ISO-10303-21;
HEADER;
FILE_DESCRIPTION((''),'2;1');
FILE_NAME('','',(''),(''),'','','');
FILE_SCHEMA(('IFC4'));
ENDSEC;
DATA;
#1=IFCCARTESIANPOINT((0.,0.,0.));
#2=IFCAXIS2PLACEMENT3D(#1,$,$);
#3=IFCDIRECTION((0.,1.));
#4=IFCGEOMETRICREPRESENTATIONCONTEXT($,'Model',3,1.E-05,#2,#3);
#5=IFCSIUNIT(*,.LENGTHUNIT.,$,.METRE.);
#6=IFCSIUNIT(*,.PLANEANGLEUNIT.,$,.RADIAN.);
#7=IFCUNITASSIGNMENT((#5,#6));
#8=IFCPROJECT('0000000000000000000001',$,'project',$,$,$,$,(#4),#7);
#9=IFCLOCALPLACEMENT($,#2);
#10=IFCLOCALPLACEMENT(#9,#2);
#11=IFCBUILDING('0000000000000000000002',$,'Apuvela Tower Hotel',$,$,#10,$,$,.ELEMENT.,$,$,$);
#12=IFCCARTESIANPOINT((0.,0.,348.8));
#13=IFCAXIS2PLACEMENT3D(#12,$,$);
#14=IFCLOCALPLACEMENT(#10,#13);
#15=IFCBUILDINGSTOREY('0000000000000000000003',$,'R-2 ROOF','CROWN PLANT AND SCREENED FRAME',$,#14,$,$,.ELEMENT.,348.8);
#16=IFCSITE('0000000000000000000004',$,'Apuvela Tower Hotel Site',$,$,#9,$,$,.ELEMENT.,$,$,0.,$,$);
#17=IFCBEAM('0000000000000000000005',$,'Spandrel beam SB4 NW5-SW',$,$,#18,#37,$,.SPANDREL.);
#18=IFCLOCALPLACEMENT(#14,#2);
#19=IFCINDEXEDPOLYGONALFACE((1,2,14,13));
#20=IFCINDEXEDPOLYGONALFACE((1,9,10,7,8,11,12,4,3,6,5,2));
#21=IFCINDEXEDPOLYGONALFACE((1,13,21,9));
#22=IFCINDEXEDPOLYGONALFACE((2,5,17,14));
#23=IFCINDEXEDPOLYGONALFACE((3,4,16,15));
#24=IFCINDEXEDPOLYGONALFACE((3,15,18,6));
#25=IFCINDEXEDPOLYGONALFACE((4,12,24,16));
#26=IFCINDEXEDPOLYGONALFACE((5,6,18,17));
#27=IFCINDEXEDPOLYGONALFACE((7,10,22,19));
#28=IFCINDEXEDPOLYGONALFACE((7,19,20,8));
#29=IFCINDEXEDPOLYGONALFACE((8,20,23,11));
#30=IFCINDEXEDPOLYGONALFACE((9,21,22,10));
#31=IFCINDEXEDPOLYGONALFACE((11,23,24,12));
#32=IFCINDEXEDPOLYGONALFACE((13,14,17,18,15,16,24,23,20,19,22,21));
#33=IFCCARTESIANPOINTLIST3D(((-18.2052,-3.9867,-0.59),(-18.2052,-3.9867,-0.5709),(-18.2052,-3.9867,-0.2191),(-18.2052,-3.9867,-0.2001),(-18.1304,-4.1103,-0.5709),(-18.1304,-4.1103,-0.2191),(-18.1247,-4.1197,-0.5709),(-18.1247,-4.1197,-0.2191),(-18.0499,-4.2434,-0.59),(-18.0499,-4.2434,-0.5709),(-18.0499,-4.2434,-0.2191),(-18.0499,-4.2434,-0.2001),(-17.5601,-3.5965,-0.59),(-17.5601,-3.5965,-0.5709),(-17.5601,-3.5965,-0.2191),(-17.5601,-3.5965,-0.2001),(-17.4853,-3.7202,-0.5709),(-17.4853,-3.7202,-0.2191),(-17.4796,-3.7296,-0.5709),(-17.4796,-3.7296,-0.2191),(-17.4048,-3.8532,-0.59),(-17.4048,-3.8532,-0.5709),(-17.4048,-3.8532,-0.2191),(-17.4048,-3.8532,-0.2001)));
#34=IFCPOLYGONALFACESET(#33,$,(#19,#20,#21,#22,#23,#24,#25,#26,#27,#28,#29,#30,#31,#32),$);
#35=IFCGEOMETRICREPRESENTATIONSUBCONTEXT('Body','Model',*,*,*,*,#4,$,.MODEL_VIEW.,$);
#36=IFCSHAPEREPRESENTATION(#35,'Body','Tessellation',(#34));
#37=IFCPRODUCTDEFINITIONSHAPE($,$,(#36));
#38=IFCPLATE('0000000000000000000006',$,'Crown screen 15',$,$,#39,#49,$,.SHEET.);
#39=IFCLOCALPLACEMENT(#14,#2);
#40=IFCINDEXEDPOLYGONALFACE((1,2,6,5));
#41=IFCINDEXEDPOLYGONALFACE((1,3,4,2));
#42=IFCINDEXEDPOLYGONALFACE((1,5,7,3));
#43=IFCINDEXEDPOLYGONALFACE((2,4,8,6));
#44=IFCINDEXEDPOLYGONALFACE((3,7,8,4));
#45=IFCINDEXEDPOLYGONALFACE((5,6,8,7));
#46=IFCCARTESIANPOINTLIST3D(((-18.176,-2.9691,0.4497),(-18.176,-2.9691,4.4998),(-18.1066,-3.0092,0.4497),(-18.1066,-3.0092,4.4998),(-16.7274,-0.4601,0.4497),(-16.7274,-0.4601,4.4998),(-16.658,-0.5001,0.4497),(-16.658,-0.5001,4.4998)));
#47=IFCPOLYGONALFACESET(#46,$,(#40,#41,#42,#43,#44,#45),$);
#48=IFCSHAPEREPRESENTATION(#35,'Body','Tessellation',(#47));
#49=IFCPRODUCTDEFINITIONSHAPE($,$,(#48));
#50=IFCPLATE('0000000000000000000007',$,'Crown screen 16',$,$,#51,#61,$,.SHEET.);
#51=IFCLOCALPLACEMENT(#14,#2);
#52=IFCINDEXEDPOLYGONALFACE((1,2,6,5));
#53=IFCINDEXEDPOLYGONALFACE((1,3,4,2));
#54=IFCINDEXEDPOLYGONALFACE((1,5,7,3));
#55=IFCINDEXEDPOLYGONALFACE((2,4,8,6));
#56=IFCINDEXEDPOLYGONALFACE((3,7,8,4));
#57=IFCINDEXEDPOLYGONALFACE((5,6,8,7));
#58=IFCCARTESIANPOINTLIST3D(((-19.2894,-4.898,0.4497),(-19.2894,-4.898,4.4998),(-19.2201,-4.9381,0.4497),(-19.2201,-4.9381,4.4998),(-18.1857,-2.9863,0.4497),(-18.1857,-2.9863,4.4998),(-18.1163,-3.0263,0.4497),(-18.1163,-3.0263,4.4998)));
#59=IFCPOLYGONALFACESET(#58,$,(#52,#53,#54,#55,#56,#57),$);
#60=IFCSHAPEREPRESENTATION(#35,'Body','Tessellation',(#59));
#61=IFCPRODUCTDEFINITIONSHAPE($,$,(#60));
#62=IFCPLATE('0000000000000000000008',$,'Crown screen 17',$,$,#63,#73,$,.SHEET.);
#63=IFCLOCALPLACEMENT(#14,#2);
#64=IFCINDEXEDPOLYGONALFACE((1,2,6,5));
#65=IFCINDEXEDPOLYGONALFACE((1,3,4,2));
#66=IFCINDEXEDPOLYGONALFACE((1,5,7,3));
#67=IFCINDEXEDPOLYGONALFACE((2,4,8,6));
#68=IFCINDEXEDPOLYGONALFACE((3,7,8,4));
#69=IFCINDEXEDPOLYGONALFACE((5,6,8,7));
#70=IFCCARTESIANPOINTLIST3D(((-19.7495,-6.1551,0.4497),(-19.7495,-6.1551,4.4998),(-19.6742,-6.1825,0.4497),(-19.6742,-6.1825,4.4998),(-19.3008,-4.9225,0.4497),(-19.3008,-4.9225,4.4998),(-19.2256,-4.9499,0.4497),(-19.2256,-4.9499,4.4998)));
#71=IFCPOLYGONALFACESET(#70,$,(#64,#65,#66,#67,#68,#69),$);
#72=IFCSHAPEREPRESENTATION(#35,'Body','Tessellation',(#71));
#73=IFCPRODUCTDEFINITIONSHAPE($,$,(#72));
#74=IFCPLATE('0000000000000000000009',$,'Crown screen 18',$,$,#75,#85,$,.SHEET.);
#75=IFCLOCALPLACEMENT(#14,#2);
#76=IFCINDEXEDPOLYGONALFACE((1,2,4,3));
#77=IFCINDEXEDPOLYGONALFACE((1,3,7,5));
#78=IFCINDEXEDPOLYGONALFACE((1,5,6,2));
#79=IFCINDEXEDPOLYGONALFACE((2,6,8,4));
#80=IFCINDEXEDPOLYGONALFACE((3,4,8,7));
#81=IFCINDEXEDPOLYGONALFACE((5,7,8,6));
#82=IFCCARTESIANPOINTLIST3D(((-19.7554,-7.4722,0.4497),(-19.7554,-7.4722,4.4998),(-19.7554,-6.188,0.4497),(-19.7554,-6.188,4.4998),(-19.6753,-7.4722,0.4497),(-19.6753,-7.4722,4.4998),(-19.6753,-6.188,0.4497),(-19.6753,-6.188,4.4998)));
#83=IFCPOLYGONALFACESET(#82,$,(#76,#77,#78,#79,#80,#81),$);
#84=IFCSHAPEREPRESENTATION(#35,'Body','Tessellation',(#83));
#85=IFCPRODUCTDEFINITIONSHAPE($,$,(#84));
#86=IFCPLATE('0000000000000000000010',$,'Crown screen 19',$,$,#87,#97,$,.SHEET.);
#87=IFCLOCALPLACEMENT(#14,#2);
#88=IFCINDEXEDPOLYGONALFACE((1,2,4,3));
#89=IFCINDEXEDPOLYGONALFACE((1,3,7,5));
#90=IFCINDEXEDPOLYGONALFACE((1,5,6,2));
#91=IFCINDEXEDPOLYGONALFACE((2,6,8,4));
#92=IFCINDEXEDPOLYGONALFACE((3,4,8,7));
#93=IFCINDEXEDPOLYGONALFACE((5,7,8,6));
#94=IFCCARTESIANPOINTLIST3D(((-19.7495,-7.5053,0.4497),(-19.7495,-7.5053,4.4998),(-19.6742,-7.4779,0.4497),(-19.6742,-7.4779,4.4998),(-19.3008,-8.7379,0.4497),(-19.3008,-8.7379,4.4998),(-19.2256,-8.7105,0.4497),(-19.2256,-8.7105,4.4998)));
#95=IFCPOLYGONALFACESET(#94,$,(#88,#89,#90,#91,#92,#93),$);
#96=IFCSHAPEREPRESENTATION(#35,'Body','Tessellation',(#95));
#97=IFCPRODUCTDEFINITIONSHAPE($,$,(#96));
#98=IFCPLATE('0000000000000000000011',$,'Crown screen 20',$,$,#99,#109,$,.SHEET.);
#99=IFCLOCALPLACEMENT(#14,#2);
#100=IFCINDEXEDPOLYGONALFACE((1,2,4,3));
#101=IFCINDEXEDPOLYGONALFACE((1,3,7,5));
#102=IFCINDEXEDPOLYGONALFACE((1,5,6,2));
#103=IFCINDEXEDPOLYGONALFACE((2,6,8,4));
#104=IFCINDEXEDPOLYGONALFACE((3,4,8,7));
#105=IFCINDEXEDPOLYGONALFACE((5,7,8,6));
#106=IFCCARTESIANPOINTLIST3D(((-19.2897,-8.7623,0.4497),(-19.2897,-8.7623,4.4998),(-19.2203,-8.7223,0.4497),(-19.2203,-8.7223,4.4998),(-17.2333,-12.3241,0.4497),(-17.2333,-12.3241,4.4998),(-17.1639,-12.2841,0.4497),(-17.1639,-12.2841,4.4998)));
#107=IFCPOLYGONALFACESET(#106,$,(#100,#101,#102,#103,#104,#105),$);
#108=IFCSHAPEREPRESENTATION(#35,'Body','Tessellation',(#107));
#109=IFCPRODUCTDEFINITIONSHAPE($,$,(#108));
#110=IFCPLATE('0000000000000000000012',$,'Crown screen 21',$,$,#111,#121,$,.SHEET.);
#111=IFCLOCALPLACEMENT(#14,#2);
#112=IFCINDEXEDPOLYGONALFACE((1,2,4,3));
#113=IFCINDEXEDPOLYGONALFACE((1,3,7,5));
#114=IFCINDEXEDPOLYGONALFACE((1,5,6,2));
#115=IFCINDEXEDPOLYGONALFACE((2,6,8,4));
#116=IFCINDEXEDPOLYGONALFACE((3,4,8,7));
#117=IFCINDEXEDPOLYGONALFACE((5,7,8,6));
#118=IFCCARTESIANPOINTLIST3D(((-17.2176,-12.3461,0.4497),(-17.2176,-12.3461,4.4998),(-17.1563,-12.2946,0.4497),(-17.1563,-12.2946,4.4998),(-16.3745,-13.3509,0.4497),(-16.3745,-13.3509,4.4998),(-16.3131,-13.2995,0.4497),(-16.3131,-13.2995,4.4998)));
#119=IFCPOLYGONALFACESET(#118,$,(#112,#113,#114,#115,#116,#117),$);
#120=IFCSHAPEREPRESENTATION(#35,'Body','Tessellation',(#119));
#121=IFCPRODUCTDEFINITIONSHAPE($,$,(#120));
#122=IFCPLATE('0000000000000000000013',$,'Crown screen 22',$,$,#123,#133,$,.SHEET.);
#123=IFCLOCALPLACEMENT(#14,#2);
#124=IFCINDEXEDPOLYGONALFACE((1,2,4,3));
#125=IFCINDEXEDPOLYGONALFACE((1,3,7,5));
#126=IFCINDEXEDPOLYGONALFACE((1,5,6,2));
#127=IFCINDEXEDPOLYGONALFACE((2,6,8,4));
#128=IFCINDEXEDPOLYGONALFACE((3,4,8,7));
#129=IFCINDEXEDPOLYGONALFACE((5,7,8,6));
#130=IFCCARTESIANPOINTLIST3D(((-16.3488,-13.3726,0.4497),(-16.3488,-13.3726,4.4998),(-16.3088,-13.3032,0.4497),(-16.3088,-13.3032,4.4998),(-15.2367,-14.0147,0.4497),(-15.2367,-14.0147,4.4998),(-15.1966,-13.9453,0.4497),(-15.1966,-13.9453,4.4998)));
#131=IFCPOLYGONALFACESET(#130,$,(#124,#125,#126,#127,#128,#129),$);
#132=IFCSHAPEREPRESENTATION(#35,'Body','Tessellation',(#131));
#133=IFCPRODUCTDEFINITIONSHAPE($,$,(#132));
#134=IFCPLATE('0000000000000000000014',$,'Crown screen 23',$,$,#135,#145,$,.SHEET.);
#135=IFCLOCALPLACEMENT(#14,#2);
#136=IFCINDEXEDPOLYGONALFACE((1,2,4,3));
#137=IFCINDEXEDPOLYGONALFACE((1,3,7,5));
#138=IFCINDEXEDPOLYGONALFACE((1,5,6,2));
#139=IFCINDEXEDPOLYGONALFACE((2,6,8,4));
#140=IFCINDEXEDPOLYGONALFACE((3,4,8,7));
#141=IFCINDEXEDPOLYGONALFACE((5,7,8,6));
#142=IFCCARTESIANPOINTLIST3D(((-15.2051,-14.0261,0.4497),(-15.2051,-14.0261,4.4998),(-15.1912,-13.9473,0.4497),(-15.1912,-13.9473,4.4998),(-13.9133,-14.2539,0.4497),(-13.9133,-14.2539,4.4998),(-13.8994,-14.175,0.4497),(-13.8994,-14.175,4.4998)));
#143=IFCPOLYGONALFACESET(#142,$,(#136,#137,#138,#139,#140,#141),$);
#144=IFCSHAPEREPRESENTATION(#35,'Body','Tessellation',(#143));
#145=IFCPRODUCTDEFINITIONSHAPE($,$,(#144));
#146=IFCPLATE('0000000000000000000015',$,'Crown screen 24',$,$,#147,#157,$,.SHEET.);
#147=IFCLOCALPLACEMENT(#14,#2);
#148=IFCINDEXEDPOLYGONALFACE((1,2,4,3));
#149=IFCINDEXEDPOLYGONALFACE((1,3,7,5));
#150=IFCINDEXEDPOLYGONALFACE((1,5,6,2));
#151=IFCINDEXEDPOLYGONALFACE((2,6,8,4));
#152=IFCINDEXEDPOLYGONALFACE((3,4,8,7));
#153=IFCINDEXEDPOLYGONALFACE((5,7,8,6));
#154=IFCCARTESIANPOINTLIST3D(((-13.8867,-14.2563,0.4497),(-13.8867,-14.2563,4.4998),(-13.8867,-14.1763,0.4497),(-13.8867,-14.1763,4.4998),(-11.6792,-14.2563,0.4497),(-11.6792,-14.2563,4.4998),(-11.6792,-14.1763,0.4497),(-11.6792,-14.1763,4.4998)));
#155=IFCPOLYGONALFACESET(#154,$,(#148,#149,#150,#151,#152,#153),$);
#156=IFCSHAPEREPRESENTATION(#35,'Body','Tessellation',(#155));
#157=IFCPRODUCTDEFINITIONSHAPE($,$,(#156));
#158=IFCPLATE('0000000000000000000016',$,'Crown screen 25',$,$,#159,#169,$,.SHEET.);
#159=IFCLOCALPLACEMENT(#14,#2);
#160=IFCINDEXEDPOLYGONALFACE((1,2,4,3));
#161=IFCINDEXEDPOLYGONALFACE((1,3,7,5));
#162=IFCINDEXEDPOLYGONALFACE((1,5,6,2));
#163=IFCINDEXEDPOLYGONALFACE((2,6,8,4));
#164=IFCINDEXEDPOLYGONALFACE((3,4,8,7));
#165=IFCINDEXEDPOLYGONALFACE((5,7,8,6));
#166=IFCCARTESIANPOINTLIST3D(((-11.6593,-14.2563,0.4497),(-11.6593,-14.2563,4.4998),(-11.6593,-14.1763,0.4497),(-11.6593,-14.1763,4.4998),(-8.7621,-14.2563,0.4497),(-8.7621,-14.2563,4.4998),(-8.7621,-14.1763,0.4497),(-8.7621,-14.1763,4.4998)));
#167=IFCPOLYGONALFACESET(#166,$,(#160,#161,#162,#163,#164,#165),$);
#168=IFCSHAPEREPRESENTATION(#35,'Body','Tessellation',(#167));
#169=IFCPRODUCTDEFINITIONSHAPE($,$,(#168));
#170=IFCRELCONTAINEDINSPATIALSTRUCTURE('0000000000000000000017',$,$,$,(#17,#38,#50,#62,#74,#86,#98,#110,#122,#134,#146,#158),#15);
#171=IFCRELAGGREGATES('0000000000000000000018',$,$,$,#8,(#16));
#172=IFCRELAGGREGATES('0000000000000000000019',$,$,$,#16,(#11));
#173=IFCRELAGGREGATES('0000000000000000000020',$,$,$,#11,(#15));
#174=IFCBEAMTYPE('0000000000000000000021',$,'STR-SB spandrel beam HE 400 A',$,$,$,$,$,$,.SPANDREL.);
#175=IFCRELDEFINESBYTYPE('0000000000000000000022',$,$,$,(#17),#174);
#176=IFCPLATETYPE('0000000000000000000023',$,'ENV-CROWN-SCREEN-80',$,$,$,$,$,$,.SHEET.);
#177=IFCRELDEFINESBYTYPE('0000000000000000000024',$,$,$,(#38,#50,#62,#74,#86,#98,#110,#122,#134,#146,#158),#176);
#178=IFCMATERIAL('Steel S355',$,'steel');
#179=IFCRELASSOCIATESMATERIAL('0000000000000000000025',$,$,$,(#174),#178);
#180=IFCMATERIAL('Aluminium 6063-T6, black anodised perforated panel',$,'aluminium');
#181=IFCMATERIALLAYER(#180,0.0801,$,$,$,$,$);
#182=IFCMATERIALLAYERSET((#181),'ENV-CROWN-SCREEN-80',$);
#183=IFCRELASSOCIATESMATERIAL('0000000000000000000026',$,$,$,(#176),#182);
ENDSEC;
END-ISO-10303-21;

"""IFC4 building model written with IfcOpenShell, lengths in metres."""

from ifc_helpers import new_model, si_unit, direction, frame, origin, origin_2d, place, context, subcontext, project, spatial, rectangle, i_section, extrude, material, layer, layer_set, material_profile, profile_set, type_object, element, save


model = new_model("IFC4")

# Units and contexts
model_context = context("Model", 3, precision=1e-05, world=origin(), true_north=direction((0.0, 1.0)))
body_context = subcontext(model_context, "Body", "Model", "MODEL_VIEW")
ifc_project = project(units=[si_unit("LENGTHUNIT", "METRE"), si_unit("PLANEANGLEUNIT", "RADIAN")], contexts=[model_context])

# Site, building, storey
site_placement = place(None, origin())
site = spatial("IfcSite", under=ifc_project, at=site_placement, Name="Apuvela Tower Hotel Site", CompositionType="ELEMENT", RefElevation=0.0)
building_placement = place(site_placement, origin())
building = spatial("IfcBuilding", under=site, at=building_placement, Name="Apuvela Tower Hotel", CompositionType="ELEMENT")
storey_placement = place(building_placement, frame((0.0, 0.0, 348.8)))
storey = spatial("IfcBuildingStorey", under=building, at=storey_placement, Name="R-2 ROOF", Description="CROWN PLANT AND SCREENED FRAME", CompositionType="ELEMENT", Elevation=348.8)

# Beam
ifc_material_1 = material(Name="Steel S355", Category="steel")
ifc_material_profile_1 = material_profile(ifc_material_1, i_section(OverallWidth=0.3, OverallDepth=0.3899, WebThickness=0.011, FlangeThickness=0.019, at=origin_2d()), Name="HE 400 A")
ifc_profile_set_1 = profile_set([ifc_material_profile_1], Name="Steel S355")
beam_type_1 = type_object("IfcBeamType", Name="STR-SB spandrel beam HE 400 A", PredefinedType="SPANDREL", material=ifc_profile_set_1)
for number, where, z_axis, x_axis, name in (
    (1, (-17.4824, -3.7249, -0.395), (-0.855659, -0.517541, 0.0), (0.517541, -0.855659, 0.0), "Spandrel beam SB4 NW5-SW"),
):
    element("IfcBeam", number, at=place(storey_placement, frame(where, z_axis=z_axis, x_axis=x_axis)), inside=storey, type_object=beam_type_1, Name=name, PredefinedType="SPANDREL", context=body_context, shape_type="SweptSolid", body=[
        extrude(i_section(OverallWidth=0.3, OverallDepth=0.3899, WebThickness=0.011, FlangeThickness=0.019, at=origin_2d()), origin(), (0.0, 0.0, 1.0), 0.7539),
    ])

# Plates
ifc_material_2 = material(Name="Aluminium 6063-T6, black anodised perforated panel", Category="aluminium")
ifc_layer = layer(ifc_material_2, 0.0801)
ifc_layer_set = layer_set([ifc_layer], Name="ENV-CROWN-SCREEN-80")
plate_type = type_object("IfcPlateType", Name="ENV-CROWN-SCREEN-80", PredefinedType="SHEET", material=ifc_layer_set)
plate_1_placement = place(storey_placement, frame((-17.417, -1.7346, 0.4497), z_axis=(0.0, 0.0, 1.0), x_axis=(-0.5, -0.866025, 0.0)))
element("IfcPlate", 2, at=plate_1_placement, inside=storey, type_object=plate_type, Name="Crown screen 15", PredefinedType="SHEET", context=body_context, shape_type="SweptSolid", body=[
    extrude(rectangle(XDim=2.8972, YDim=0.0801, at=origin_2d()), origin(), (0.0, 0.0, 1.0), 4.05),
])
plate_2_placement = place(storey_placement, frame((-18.7029, -3.9622, 0.4497), z_axis=(0.0, 0.0, 1.0), x_axis=(-0.5, -0.866025, 0.0)))
element("IfcPlate", 3, at=plate_2_placement, inside=storey, type_object=plate_type, Name="Crown screen 16", PredefinedType="SHEET", context=body_context, shape_type="SweptSolid", body=[
    extrude(rectangle(XDim=2.2075, YDim=0.0801, at=origin_2d()), origin(), (0.0, 0.0, 1.0), 4.05),
])
plate_3_placement = place(storey_placement, frame((-19.4875, -5.5525, 0.4497), z_axis=(0.0, 0.0, 1.0), x_axis=(-0.34202, -0.939693, 0.0)))
element("IfcPlate", 4, at=plate_3_placement, inside=storey, type_object=plate_type, Name="Crown screen 17", PredefinedType="SHEET", context=body_context, shape_type="SweptSolid", body=[
    extrude(rectangle(XDim=1.3118, YDim=0.0801, at=origin_2d()), origin(), (0.0, 0.0, 1.0), 4.05),
])
plate_4_placement = place(storey_placement, frame((-19.7153, -6.8301, 0.4497), z_axis=(0.0, 0.0, 1.0), x_axis=(0.0, -1.0, 0.0)))
element("IfcPlate", 5, at=plate_4_placement, inside=storey, type_object=plate_type, Name="Crown screen 18", PredefinedType="SHEET", context=body_context, shape_type="SweptSolid", body=[
    extrude(rectangle(XDim=1.2842, YDim=0.0801, at=origin_2d()), origin(), (0.0, 0.0, 1.0), 4.05),
])
plate_5_placement = place(storey_placement, frame((-19.4875, -8.1079, 0.4497), z_axis=(0.0, 0.0, 1.0), x_axis=(0.34202, -0.939693, 0.0)))
element("IfcPlate", 6, at=plate_5_placement, inside=storey, type_object=plate_type, Name="Crown screen 19", PredefinedType="SHEET", context=body_context, shape_type="SweptSolid", body=[
    extrude(rectangle(XDim=1.3118, YDim=0.0801, at=origin_2d()), origin(), (0.0, 0.0, 1.0), 4.05),
])
plate_6_placement = place(storey_placement, frame((-18.2268, -10.5232, 0.4497), z_axis=(0.0, 0.0, 1.0), x_axis=(0.5, -0.866025, 0.0)))
element("IfcPlate", 7, at=plate_6_placement, inside=storey, type_object=plate_type, Name="Crown screen 20", PredefinedType="SHEET", context=body_context, shape_type="SweptSolid", body=[
    extrude(rectangle(XDim=4.1128, YDim=0.0801, at=origin_2d()), origin(), (0.0, 0.0, 1.0), 4.05),
])
plate_7_placement = place(storey_placement, frame((-16.7654, -12.8228, 0.4497), z_axis=(0.0, 0.0, 1.0), x_axis=(0.642788, -0.766044, 0.0)))
element("IfcPlate", 8, at=plate_7_placement, inside=storey, type_object=plate_type, Name="Crown screen 21", PredefinedType="SHEET", context=body_context, shape_type="SweptSolid", body=[
    extrude(rectangle(XDim=1.3118, YDim=0.0801, at=origin_2d()), origin(), (0.0, 0.0, 1.0), 4.05),
])
plate_8_placement = place(storey_placement, frame((-15.7727, -13.6589, 0.4497), z_axis=(0.0, 0.0, 1.0), x_axis=(0.866025, -0.5, 0.0)))
element("IfcPlate", 9, at=plate_8_placement, inside=storey, type_object=plate_type, Name="Crown screen 22", PredefinedType="SHEET", context=body_context, shape_type="SweptSolid", body=[
    extrude(rectangle(XDim=1.2842, YDim=0.0801, at=origin_2d()), origin(), (0.0, 0.0, 1.0), 4.05),
])
plate_9_placement = place(storey_placement, frame((-14.5522, -14.1006, 0.4497), z_axis=(0.0, 0.0, 1.0), x_axis=(0.984808, -0.173648, 0.0)))
element("IfcPlate", 10, at=plate_9_placement, inside=storey, type_object=plate_type, Name="Crown screen 23", PredefinedType="SHEET", context=body_context, shape_type="SweptSolid", body=[
    extrude(rectangle(XDim=1.3118, YDim=0.0801, at=origin_2d()), origin(), (0.0, 0.0, 1.0), 4.05),
])
plate_10_placement = place(storey_placement, frame((-12.783, -14.2163, 0.4497), z_axis=(0.0, 0.0, 1.0), x_axis=(1.0, 0.0, 0.0)))
element("IfcPlate", 11, at=plate_10_placement, inside=storey, type_object=plate_type, Name="Crown screen 24", PredefinedType="SHEET", context=body_context, shape_type="SweptSolid", body=[
    extrude(rectangle(XDim=2.2075, YDim=0.0801, at=origin_2d()), origin(), (0.0, 0.0, 1.0), 4.05),
])
plate_11_placement = place(storey_placement, frame((-10.2107, -14.2163, 0.4497), z_axis=(0.0, 0.0, 1.0), x_axis=(1.0, 0.0, 0.0)))
element("IfcPlate", 12, at=plate_11_placement, inside=storey, type_object=plate_type, Name="Crown screen 25", PredefinedType="SHEET", context=body_context, shape_type="SweptSolid", body=[
    extrude(rectangle(XDim=2.8972, YDim=0.0801, at=origin_2d()), origin(), (0.0, 0.0, 1.0), 4.05),
])

save(model, "model.ifc")
